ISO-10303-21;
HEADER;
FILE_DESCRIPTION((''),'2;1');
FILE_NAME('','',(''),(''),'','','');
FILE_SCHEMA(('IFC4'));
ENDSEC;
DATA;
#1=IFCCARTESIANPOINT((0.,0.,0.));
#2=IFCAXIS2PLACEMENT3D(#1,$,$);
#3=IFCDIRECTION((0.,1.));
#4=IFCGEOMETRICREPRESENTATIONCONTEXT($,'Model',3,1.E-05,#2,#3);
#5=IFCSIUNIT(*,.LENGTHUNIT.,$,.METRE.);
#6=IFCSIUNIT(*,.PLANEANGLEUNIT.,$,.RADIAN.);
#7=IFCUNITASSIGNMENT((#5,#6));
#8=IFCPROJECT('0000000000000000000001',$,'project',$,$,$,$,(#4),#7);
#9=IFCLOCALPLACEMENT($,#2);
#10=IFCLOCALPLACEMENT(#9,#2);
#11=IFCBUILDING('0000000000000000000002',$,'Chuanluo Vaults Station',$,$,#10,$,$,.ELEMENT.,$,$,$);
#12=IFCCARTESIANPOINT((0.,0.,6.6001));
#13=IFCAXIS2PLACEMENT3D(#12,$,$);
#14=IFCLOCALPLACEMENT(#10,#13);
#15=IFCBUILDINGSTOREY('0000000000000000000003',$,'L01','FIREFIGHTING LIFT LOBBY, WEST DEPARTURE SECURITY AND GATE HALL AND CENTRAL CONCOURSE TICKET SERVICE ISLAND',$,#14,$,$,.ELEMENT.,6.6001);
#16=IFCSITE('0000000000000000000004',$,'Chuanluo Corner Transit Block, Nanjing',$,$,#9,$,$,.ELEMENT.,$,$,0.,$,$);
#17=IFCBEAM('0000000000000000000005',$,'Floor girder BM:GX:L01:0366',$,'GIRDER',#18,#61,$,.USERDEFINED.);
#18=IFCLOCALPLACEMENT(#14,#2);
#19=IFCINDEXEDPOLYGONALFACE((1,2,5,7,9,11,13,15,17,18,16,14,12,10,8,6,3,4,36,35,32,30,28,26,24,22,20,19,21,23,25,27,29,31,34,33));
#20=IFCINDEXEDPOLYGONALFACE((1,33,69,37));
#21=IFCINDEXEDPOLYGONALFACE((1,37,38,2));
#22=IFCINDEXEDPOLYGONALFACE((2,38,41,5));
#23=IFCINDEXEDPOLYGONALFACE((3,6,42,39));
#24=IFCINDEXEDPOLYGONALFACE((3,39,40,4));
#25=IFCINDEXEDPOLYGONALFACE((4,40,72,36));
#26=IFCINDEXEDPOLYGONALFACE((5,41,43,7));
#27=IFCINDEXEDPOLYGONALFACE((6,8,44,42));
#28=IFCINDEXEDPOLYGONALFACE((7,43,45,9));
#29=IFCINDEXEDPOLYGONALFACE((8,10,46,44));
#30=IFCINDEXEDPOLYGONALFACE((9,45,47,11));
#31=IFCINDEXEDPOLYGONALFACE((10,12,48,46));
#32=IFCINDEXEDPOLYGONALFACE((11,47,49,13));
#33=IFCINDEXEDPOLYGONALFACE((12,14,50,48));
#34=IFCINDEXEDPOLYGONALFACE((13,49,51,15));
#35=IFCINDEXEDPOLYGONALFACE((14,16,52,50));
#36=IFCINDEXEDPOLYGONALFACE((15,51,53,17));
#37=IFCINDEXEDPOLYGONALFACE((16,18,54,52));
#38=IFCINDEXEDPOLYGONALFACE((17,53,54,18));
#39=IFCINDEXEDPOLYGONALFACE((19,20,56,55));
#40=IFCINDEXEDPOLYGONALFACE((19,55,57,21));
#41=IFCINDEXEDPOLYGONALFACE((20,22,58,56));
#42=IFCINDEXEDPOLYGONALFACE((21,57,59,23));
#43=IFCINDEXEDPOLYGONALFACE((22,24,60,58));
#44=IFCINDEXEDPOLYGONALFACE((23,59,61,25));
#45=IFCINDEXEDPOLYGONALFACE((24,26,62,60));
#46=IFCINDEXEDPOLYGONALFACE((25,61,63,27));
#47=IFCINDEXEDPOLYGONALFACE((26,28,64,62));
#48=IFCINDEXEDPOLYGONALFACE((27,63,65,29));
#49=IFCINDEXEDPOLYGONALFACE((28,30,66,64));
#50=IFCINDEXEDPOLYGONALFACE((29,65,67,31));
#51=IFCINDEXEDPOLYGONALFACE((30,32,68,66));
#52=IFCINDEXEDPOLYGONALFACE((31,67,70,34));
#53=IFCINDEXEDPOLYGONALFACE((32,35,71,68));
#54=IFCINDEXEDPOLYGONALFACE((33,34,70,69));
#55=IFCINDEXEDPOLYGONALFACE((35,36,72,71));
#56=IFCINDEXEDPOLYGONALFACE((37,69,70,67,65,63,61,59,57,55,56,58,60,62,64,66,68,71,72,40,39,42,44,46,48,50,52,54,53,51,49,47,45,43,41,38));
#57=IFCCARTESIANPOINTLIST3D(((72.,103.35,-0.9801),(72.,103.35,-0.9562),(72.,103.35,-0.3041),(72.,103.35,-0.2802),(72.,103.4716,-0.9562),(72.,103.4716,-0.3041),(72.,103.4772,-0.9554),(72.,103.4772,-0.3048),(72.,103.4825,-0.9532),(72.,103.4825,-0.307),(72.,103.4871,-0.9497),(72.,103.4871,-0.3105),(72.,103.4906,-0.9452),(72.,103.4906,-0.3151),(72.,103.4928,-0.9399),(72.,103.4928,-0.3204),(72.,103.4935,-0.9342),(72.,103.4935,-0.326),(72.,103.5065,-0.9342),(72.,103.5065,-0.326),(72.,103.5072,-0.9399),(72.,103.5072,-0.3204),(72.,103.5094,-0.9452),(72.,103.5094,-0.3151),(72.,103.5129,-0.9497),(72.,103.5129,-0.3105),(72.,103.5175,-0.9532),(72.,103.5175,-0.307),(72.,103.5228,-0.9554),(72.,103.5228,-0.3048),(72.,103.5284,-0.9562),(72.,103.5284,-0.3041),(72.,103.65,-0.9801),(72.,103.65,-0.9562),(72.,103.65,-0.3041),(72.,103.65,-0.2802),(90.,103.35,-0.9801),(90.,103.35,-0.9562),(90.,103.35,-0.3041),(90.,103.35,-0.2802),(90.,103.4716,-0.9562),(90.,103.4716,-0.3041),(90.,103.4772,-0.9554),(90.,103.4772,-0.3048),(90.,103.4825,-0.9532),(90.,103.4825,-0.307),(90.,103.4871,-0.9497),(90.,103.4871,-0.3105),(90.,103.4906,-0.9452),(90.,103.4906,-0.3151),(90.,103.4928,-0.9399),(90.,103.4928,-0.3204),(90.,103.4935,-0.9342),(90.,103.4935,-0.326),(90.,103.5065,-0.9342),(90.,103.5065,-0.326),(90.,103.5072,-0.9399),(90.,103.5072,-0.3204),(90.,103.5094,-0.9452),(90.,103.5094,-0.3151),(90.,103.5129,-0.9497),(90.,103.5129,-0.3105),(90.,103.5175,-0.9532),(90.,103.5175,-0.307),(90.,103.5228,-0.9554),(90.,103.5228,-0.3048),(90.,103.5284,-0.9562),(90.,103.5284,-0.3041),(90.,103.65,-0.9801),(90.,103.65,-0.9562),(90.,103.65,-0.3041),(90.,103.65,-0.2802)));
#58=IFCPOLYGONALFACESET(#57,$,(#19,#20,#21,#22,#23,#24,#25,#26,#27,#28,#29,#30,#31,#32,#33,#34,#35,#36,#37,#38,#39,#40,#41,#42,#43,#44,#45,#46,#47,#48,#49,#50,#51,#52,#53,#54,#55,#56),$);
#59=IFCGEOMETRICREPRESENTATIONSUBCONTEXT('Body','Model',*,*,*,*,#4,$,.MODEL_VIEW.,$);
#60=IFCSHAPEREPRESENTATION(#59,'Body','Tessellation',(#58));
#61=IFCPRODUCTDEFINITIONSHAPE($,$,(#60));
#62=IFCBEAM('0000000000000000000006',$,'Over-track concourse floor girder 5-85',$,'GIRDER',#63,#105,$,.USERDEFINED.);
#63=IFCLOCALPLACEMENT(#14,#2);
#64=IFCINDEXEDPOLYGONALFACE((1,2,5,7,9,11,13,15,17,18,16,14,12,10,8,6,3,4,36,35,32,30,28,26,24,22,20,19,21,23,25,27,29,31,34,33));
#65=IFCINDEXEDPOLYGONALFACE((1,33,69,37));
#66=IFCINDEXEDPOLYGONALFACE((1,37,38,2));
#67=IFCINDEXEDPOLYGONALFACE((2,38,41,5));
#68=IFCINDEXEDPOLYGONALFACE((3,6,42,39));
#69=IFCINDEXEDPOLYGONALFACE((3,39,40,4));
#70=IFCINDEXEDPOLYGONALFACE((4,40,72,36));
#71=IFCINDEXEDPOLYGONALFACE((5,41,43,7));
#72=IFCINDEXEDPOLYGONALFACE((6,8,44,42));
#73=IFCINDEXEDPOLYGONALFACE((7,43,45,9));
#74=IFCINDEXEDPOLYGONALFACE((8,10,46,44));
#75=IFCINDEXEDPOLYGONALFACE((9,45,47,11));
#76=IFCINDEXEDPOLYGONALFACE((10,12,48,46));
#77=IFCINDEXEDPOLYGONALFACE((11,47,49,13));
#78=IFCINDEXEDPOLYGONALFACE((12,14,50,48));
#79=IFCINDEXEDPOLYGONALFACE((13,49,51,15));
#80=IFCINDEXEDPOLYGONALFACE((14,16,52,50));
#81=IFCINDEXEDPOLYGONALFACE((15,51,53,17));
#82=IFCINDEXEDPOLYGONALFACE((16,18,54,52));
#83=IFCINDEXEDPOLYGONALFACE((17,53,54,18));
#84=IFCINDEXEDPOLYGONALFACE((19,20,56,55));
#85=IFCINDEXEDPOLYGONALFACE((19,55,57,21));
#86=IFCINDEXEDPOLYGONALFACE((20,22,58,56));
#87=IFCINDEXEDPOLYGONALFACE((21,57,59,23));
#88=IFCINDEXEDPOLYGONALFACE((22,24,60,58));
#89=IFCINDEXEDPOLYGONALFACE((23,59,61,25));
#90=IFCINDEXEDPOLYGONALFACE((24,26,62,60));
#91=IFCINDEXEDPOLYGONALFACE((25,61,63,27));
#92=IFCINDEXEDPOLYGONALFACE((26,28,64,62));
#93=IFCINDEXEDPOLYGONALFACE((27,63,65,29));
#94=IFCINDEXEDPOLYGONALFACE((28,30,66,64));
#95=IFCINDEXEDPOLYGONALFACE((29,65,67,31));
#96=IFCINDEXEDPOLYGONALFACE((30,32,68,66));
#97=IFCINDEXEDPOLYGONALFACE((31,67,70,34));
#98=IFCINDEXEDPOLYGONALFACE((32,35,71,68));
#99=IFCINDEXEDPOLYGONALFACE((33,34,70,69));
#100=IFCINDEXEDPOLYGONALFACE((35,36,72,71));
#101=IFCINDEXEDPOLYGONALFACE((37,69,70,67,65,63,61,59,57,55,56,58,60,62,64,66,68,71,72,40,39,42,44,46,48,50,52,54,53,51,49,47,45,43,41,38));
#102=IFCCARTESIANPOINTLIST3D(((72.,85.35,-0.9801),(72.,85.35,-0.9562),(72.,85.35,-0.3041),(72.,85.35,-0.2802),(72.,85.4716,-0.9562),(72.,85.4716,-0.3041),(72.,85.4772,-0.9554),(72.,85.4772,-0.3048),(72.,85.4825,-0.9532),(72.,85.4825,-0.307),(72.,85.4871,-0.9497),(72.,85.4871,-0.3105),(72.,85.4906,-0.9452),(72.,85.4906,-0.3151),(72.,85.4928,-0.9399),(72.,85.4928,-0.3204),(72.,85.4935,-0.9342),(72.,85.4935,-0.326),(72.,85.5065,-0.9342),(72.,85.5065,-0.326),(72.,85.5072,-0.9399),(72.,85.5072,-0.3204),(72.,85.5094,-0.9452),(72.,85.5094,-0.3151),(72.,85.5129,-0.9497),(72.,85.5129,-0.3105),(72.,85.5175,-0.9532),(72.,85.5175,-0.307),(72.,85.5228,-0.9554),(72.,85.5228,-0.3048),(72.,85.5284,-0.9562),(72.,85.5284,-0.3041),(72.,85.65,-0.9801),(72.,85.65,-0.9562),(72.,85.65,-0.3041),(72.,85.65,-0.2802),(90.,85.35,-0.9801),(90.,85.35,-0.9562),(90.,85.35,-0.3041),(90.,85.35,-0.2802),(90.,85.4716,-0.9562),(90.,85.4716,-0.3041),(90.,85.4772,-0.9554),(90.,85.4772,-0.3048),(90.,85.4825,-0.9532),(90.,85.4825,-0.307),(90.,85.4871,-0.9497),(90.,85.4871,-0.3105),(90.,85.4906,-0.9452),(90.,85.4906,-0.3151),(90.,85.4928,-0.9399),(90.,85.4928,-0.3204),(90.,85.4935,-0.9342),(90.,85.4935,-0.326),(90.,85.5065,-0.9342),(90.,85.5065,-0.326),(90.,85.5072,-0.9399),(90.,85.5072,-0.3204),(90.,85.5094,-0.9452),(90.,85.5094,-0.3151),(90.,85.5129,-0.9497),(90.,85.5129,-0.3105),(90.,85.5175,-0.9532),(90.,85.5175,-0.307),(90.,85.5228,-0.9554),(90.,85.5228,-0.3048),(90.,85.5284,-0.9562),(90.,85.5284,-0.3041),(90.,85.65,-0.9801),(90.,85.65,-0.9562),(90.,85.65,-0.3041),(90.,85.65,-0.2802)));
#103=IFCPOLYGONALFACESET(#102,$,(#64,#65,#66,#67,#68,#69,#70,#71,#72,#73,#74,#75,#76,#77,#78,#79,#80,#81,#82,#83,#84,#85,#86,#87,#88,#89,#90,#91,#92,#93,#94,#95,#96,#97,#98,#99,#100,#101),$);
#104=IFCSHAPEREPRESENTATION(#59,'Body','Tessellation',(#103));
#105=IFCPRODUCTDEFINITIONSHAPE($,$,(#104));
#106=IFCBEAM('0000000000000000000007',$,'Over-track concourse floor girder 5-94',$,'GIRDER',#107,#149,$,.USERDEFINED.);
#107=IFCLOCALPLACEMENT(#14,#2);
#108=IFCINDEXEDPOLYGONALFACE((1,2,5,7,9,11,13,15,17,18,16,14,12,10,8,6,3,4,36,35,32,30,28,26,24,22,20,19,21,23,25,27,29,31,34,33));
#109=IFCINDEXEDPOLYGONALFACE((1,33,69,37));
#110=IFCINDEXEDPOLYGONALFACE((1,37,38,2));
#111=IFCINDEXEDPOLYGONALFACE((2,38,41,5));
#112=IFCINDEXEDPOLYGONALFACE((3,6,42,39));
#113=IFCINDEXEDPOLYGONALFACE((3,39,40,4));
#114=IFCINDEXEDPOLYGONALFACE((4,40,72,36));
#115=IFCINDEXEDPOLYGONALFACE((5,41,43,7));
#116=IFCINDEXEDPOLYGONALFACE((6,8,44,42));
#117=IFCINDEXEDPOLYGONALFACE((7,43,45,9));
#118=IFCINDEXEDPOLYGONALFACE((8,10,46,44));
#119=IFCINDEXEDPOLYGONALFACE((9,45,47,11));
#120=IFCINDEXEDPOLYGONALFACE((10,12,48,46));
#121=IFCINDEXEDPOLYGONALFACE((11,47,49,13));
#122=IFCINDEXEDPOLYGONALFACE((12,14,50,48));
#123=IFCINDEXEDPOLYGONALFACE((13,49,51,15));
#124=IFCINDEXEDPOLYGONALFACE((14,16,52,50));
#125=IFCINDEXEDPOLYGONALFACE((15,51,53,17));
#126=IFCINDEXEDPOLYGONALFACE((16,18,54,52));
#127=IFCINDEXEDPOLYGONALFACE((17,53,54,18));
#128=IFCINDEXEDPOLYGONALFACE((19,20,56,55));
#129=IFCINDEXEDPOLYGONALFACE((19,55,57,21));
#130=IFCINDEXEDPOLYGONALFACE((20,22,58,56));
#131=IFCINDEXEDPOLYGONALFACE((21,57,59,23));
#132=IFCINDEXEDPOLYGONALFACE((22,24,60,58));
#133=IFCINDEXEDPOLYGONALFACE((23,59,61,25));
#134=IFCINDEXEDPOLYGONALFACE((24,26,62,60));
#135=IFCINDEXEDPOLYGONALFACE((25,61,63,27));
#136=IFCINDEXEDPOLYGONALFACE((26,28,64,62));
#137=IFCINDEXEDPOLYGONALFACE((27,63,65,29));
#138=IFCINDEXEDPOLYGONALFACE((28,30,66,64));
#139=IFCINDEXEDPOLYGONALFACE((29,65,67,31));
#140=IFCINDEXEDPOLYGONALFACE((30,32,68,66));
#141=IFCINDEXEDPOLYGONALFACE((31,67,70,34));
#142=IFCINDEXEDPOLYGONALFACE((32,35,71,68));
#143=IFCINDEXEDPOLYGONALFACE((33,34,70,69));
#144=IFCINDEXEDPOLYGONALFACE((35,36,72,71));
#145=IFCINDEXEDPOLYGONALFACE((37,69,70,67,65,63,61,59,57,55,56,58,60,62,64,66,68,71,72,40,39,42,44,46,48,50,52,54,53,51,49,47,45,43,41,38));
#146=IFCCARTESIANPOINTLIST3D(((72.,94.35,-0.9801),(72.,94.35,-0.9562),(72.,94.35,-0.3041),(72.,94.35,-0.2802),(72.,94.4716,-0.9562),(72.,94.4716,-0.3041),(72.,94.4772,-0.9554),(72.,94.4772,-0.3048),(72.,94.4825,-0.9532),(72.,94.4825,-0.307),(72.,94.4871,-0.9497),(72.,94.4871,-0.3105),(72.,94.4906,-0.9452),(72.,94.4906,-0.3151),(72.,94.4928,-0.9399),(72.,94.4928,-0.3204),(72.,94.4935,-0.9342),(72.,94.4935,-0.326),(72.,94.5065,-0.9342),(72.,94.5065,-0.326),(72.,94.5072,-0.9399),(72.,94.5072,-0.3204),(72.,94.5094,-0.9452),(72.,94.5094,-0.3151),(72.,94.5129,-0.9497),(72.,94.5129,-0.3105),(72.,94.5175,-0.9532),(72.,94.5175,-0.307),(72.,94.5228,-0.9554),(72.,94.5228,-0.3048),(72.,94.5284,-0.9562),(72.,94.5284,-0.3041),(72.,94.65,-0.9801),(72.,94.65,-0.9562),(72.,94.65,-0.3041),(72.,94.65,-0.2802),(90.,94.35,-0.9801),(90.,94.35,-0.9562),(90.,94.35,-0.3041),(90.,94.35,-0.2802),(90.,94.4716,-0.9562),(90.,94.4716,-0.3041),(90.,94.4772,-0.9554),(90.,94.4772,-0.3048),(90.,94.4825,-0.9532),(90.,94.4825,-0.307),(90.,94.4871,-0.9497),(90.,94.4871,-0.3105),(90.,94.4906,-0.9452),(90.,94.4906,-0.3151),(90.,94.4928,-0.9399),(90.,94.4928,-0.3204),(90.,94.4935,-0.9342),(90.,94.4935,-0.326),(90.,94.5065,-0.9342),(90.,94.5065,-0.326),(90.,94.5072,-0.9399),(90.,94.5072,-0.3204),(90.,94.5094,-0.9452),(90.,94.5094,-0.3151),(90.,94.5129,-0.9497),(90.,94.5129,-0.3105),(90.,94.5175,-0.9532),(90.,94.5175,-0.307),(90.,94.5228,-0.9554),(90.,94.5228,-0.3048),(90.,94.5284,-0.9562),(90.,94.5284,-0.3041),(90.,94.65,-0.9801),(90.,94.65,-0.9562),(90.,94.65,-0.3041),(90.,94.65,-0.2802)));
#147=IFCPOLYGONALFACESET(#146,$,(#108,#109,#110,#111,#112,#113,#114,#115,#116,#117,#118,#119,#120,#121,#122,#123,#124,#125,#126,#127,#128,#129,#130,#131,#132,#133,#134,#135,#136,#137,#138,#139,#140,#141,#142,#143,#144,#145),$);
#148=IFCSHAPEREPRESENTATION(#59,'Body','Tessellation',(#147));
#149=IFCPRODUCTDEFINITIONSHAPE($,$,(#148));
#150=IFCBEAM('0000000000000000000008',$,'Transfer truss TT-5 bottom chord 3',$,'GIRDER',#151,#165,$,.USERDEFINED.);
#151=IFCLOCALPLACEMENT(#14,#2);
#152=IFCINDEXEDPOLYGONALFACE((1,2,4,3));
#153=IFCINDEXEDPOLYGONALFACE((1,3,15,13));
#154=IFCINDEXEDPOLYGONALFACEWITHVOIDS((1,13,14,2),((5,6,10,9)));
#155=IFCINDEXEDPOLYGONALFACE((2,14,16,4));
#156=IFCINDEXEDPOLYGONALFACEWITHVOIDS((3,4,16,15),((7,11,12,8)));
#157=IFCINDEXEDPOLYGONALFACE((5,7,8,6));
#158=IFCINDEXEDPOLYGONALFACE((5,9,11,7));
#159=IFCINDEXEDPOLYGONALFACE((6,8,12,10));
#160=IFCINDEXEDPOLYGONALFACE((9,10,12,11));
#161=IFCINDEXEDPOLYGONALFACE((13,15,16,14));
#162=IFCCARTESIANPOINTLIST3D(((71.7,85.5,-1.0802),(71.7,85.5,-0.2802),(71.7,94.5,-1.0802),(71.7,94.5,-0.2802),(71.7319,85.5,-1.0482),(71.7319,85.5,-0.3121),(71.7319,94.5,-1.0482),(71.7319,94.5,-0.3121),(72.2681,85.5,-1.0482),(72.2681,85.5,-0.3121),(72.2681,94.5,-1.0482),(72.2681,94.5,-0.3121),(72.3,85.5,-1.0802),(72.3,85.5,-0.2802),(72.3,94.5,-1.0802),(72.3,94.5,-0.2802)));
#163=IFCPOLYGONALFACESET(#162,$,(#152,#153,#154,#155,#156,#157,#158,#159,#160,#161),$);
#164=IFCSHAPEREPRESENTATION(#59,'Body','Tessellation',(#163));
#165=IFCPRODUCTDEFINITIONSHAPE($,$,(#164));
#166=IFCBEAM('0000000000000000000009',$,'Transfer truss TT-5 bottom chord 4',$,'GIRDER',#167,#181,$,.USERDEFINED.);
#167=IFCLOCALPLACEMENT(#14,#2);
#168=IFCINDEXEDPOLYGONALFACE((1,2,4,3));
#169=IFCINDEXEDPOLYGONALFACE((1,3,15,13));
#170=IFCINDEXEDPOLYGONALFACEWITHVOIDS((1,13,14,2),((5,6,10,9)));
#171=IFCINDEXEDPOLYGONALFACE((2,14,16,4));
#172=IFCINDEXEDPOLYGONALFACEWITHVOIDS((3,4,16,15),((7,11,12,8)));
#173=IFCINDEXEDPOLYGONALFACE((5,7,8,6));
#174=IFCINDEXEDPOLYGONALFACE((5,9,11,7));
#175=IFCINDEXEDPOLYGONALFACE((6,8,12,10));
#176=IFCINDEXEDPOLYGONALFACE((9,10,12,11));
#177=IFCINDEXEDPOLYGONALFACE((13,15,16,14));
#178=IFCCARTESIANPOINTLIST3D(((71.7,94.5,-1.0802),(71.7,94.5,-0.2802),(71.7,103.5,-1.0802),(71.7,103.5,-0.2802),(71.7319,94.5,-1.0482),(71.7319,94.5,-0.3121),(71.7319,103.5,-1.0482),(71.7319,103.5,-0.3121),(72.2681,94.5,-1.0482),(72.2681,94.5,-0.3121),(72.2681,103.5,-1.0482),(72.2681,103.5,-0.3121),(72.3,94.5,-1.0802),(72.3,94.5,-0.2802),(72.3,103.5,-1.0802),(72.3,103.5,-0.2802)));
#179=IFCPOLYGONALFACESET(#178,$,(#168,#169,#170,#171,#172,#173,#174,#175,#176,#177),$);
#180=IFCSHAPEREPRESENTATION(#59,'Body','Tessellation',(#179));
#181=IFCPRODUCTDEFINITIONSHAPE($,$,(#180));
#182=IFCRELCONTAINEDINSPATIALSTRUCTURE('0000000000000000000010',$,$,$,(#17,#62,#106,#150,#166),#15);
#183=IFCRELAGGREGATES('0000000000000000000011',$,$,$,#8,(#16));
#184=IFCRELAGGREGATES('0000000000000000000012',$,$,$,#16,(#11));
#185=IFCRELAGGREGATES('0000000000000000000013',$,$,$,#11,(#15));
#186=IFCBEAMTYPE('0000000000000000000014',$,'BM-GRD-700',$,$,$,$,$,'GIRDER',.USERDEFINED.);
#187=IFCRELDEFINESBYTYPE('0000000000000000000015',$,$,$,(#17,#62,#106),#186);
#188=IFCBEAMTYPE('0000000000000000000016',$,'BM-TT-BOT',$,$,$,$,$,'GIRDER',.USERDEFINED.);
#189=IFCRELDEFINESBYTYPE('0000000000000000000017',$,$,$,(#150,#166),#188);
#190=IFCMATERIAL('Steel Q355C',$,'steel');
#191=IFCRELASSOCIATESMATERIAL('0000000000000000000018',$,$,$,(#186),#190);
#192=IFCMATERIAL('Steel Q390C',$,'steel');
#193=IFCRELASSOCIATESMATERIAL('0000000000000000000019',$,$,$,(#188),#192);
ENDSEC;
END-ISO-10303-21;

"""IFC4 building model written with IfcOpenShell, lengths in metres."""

from ifc_helpers import new_model, si_unit, direction, frame, origin, origin_2d, place, context, subcontext, project, spatial, hollow_rectangle, i_section, extrude, material, material_profile, profile_set, type_object, element, save


model = new_model("IFC4")

# Units and contexts
model_context = context("Model", 3, precision=1e-05, world=origin(), true_north=direction((0.0, 1.0)))
body_context = subcontext(model_context, "Body", "Model", "MODEL_VIEW")
ifc_project = project(units=[si_unit("LENGTHUNIT", "METRE"), si_unit("PLANEANGLEUNIT", "RADIAN")], contexts=[model_context])

# Site, building, storey
site_placement = place(None, origin())
site = spatial("IfcSite", under=ifc_project, at=site_placement, Name="Chuanluo Corner Transit Block, Nanjing", CompositionType="ELEMENT", RefElevation=0.0)
building_placement = place(site_placement, origin())
building = spatial("IfcBuilding", under=site, at=building_placement, Name="Chuanluo Vaults Station", CompositionType="ELEMENT")
storey_placement = place(building_placement, frame((0.0, 0.0, 6.6001)))
storey = spatial("IfcBuildingStorey", under=building, at=storey_placement, Name="L01", Description="FIREFIGHTING LIFT LOBBY, WEST DEPARTURE SECURITY AND GATE HALL AND CENTRAL CONCOURSE TICKET SERVICE ISLAND", CompositionType="ELEMENT", Elevation=6.6001)

# Beams
ifc_material_1 = material(Name="Steel Q355C", Category="steel")
ifc_material_profile_1 = material_profile(ifc_material_1, i_section(OverallWidth=0.3, OverallDepth=0.7, WebThickness=0.0129, FlangeThickness=0.0239, FilletRadius=0.022, at=origin_2d()))
ifc_profile_set_1 = profile_set([ifc_material_profile_1], Name="Steel Q355C")
beam_type_1 = type_object("IfcBeamType", Name="BM-GRD-700", ElementType="GIRDER", PredefinedType="USERDEFINED", material=ifc_profile_set_1)
for number, where, z_axis, x_axis, name in (
    (1, (72.0, 103.5, -0.6301), (1.0, 0.0, 0.0), (0.0, 1.0, 0.0), "Floor girder BM:GX:L01:0366"),
    (2, (72.0, 85.5, -0.6301), (1.0, 0.0, 0.0), (0.0, 1.0, 0.0), "Over-track concourse floor girder 5-85"),
    (3, (72.0, 94.5, -0.6301), (1.0, 0.0, 0.0), (0.0, 1.0, 0.0), "Over-track concourse floor girder 5-94"),
):
    element("IfcBeam", number, at=place(storey_placement, frame(where, z_axis=z_axis, x_axis=x_axis)), inside=storey, type_object=beam_type_1, Name=name, ObjectType="GIRDER", PredefinedType="USERDEFINED", context=body_context, shape_type="SweptSolid", body=[
        extrude(i_section(OverallWidth=0.3, OverallDepth=0.7, WebThickness=0.0129, FlangeThickness=0.0239, FilletRadius=0.022, at=origin_2d()), origin(), (0.0, 0.0, 1.0), 18.0),
    ])
ifc_material_2 = material(Name="Steel Q390C", Category="steel")
ifc_material_profile_2 = material_profile(ifc_material_2, hollow_rectangle(XDim=0.6001, YDim=0.8, WallThickness=0.032, at=origin_2d()))
ifc_profile_set_2 = profile_set([ifc_material_profile_2], Name="Steel Q390C")
beam_type_2 = type_object("IfcBeamType", Name="BM-TT-BOT", ElementType="GIRDER", PredefinedType="USERDEFINED", material=ifc_profile_set_2)
for number, where, z_axis, x_axis, name in (
    (4, (72.0, 85.5, -0.6802), (0.0, 1.0, 0.0), (-1.0, 0.0, 0.0), "Transfer truss TT-5 bottom chord 3"),
    (5, (72.0, 94.5, -0.6802), (0.0, 1.0, 0.0), (-1.0, 0.0, 0.0), "Transfer truss TT-5 bottom chord 4"),
):
    element("IfcBeam", number, at=place(storey_placement, frame(where, z_axis=z_axis, x_axis=x_axis)), inside=storey, type_object=beam_type_2, Name=name, ObjectType="GIRDER", PredefinedType="USERDEFINED", context=body_context, shape_type="SweptSolid", body=[
        extrude(hollow_rectangle(XDim=0.6001, YDim=0.8, WallThickness=0.032, at=origin_2d()), origin(), (0.0, 0.0, 1.0), 9.0),
    ])

save(model, "model.ifc")
